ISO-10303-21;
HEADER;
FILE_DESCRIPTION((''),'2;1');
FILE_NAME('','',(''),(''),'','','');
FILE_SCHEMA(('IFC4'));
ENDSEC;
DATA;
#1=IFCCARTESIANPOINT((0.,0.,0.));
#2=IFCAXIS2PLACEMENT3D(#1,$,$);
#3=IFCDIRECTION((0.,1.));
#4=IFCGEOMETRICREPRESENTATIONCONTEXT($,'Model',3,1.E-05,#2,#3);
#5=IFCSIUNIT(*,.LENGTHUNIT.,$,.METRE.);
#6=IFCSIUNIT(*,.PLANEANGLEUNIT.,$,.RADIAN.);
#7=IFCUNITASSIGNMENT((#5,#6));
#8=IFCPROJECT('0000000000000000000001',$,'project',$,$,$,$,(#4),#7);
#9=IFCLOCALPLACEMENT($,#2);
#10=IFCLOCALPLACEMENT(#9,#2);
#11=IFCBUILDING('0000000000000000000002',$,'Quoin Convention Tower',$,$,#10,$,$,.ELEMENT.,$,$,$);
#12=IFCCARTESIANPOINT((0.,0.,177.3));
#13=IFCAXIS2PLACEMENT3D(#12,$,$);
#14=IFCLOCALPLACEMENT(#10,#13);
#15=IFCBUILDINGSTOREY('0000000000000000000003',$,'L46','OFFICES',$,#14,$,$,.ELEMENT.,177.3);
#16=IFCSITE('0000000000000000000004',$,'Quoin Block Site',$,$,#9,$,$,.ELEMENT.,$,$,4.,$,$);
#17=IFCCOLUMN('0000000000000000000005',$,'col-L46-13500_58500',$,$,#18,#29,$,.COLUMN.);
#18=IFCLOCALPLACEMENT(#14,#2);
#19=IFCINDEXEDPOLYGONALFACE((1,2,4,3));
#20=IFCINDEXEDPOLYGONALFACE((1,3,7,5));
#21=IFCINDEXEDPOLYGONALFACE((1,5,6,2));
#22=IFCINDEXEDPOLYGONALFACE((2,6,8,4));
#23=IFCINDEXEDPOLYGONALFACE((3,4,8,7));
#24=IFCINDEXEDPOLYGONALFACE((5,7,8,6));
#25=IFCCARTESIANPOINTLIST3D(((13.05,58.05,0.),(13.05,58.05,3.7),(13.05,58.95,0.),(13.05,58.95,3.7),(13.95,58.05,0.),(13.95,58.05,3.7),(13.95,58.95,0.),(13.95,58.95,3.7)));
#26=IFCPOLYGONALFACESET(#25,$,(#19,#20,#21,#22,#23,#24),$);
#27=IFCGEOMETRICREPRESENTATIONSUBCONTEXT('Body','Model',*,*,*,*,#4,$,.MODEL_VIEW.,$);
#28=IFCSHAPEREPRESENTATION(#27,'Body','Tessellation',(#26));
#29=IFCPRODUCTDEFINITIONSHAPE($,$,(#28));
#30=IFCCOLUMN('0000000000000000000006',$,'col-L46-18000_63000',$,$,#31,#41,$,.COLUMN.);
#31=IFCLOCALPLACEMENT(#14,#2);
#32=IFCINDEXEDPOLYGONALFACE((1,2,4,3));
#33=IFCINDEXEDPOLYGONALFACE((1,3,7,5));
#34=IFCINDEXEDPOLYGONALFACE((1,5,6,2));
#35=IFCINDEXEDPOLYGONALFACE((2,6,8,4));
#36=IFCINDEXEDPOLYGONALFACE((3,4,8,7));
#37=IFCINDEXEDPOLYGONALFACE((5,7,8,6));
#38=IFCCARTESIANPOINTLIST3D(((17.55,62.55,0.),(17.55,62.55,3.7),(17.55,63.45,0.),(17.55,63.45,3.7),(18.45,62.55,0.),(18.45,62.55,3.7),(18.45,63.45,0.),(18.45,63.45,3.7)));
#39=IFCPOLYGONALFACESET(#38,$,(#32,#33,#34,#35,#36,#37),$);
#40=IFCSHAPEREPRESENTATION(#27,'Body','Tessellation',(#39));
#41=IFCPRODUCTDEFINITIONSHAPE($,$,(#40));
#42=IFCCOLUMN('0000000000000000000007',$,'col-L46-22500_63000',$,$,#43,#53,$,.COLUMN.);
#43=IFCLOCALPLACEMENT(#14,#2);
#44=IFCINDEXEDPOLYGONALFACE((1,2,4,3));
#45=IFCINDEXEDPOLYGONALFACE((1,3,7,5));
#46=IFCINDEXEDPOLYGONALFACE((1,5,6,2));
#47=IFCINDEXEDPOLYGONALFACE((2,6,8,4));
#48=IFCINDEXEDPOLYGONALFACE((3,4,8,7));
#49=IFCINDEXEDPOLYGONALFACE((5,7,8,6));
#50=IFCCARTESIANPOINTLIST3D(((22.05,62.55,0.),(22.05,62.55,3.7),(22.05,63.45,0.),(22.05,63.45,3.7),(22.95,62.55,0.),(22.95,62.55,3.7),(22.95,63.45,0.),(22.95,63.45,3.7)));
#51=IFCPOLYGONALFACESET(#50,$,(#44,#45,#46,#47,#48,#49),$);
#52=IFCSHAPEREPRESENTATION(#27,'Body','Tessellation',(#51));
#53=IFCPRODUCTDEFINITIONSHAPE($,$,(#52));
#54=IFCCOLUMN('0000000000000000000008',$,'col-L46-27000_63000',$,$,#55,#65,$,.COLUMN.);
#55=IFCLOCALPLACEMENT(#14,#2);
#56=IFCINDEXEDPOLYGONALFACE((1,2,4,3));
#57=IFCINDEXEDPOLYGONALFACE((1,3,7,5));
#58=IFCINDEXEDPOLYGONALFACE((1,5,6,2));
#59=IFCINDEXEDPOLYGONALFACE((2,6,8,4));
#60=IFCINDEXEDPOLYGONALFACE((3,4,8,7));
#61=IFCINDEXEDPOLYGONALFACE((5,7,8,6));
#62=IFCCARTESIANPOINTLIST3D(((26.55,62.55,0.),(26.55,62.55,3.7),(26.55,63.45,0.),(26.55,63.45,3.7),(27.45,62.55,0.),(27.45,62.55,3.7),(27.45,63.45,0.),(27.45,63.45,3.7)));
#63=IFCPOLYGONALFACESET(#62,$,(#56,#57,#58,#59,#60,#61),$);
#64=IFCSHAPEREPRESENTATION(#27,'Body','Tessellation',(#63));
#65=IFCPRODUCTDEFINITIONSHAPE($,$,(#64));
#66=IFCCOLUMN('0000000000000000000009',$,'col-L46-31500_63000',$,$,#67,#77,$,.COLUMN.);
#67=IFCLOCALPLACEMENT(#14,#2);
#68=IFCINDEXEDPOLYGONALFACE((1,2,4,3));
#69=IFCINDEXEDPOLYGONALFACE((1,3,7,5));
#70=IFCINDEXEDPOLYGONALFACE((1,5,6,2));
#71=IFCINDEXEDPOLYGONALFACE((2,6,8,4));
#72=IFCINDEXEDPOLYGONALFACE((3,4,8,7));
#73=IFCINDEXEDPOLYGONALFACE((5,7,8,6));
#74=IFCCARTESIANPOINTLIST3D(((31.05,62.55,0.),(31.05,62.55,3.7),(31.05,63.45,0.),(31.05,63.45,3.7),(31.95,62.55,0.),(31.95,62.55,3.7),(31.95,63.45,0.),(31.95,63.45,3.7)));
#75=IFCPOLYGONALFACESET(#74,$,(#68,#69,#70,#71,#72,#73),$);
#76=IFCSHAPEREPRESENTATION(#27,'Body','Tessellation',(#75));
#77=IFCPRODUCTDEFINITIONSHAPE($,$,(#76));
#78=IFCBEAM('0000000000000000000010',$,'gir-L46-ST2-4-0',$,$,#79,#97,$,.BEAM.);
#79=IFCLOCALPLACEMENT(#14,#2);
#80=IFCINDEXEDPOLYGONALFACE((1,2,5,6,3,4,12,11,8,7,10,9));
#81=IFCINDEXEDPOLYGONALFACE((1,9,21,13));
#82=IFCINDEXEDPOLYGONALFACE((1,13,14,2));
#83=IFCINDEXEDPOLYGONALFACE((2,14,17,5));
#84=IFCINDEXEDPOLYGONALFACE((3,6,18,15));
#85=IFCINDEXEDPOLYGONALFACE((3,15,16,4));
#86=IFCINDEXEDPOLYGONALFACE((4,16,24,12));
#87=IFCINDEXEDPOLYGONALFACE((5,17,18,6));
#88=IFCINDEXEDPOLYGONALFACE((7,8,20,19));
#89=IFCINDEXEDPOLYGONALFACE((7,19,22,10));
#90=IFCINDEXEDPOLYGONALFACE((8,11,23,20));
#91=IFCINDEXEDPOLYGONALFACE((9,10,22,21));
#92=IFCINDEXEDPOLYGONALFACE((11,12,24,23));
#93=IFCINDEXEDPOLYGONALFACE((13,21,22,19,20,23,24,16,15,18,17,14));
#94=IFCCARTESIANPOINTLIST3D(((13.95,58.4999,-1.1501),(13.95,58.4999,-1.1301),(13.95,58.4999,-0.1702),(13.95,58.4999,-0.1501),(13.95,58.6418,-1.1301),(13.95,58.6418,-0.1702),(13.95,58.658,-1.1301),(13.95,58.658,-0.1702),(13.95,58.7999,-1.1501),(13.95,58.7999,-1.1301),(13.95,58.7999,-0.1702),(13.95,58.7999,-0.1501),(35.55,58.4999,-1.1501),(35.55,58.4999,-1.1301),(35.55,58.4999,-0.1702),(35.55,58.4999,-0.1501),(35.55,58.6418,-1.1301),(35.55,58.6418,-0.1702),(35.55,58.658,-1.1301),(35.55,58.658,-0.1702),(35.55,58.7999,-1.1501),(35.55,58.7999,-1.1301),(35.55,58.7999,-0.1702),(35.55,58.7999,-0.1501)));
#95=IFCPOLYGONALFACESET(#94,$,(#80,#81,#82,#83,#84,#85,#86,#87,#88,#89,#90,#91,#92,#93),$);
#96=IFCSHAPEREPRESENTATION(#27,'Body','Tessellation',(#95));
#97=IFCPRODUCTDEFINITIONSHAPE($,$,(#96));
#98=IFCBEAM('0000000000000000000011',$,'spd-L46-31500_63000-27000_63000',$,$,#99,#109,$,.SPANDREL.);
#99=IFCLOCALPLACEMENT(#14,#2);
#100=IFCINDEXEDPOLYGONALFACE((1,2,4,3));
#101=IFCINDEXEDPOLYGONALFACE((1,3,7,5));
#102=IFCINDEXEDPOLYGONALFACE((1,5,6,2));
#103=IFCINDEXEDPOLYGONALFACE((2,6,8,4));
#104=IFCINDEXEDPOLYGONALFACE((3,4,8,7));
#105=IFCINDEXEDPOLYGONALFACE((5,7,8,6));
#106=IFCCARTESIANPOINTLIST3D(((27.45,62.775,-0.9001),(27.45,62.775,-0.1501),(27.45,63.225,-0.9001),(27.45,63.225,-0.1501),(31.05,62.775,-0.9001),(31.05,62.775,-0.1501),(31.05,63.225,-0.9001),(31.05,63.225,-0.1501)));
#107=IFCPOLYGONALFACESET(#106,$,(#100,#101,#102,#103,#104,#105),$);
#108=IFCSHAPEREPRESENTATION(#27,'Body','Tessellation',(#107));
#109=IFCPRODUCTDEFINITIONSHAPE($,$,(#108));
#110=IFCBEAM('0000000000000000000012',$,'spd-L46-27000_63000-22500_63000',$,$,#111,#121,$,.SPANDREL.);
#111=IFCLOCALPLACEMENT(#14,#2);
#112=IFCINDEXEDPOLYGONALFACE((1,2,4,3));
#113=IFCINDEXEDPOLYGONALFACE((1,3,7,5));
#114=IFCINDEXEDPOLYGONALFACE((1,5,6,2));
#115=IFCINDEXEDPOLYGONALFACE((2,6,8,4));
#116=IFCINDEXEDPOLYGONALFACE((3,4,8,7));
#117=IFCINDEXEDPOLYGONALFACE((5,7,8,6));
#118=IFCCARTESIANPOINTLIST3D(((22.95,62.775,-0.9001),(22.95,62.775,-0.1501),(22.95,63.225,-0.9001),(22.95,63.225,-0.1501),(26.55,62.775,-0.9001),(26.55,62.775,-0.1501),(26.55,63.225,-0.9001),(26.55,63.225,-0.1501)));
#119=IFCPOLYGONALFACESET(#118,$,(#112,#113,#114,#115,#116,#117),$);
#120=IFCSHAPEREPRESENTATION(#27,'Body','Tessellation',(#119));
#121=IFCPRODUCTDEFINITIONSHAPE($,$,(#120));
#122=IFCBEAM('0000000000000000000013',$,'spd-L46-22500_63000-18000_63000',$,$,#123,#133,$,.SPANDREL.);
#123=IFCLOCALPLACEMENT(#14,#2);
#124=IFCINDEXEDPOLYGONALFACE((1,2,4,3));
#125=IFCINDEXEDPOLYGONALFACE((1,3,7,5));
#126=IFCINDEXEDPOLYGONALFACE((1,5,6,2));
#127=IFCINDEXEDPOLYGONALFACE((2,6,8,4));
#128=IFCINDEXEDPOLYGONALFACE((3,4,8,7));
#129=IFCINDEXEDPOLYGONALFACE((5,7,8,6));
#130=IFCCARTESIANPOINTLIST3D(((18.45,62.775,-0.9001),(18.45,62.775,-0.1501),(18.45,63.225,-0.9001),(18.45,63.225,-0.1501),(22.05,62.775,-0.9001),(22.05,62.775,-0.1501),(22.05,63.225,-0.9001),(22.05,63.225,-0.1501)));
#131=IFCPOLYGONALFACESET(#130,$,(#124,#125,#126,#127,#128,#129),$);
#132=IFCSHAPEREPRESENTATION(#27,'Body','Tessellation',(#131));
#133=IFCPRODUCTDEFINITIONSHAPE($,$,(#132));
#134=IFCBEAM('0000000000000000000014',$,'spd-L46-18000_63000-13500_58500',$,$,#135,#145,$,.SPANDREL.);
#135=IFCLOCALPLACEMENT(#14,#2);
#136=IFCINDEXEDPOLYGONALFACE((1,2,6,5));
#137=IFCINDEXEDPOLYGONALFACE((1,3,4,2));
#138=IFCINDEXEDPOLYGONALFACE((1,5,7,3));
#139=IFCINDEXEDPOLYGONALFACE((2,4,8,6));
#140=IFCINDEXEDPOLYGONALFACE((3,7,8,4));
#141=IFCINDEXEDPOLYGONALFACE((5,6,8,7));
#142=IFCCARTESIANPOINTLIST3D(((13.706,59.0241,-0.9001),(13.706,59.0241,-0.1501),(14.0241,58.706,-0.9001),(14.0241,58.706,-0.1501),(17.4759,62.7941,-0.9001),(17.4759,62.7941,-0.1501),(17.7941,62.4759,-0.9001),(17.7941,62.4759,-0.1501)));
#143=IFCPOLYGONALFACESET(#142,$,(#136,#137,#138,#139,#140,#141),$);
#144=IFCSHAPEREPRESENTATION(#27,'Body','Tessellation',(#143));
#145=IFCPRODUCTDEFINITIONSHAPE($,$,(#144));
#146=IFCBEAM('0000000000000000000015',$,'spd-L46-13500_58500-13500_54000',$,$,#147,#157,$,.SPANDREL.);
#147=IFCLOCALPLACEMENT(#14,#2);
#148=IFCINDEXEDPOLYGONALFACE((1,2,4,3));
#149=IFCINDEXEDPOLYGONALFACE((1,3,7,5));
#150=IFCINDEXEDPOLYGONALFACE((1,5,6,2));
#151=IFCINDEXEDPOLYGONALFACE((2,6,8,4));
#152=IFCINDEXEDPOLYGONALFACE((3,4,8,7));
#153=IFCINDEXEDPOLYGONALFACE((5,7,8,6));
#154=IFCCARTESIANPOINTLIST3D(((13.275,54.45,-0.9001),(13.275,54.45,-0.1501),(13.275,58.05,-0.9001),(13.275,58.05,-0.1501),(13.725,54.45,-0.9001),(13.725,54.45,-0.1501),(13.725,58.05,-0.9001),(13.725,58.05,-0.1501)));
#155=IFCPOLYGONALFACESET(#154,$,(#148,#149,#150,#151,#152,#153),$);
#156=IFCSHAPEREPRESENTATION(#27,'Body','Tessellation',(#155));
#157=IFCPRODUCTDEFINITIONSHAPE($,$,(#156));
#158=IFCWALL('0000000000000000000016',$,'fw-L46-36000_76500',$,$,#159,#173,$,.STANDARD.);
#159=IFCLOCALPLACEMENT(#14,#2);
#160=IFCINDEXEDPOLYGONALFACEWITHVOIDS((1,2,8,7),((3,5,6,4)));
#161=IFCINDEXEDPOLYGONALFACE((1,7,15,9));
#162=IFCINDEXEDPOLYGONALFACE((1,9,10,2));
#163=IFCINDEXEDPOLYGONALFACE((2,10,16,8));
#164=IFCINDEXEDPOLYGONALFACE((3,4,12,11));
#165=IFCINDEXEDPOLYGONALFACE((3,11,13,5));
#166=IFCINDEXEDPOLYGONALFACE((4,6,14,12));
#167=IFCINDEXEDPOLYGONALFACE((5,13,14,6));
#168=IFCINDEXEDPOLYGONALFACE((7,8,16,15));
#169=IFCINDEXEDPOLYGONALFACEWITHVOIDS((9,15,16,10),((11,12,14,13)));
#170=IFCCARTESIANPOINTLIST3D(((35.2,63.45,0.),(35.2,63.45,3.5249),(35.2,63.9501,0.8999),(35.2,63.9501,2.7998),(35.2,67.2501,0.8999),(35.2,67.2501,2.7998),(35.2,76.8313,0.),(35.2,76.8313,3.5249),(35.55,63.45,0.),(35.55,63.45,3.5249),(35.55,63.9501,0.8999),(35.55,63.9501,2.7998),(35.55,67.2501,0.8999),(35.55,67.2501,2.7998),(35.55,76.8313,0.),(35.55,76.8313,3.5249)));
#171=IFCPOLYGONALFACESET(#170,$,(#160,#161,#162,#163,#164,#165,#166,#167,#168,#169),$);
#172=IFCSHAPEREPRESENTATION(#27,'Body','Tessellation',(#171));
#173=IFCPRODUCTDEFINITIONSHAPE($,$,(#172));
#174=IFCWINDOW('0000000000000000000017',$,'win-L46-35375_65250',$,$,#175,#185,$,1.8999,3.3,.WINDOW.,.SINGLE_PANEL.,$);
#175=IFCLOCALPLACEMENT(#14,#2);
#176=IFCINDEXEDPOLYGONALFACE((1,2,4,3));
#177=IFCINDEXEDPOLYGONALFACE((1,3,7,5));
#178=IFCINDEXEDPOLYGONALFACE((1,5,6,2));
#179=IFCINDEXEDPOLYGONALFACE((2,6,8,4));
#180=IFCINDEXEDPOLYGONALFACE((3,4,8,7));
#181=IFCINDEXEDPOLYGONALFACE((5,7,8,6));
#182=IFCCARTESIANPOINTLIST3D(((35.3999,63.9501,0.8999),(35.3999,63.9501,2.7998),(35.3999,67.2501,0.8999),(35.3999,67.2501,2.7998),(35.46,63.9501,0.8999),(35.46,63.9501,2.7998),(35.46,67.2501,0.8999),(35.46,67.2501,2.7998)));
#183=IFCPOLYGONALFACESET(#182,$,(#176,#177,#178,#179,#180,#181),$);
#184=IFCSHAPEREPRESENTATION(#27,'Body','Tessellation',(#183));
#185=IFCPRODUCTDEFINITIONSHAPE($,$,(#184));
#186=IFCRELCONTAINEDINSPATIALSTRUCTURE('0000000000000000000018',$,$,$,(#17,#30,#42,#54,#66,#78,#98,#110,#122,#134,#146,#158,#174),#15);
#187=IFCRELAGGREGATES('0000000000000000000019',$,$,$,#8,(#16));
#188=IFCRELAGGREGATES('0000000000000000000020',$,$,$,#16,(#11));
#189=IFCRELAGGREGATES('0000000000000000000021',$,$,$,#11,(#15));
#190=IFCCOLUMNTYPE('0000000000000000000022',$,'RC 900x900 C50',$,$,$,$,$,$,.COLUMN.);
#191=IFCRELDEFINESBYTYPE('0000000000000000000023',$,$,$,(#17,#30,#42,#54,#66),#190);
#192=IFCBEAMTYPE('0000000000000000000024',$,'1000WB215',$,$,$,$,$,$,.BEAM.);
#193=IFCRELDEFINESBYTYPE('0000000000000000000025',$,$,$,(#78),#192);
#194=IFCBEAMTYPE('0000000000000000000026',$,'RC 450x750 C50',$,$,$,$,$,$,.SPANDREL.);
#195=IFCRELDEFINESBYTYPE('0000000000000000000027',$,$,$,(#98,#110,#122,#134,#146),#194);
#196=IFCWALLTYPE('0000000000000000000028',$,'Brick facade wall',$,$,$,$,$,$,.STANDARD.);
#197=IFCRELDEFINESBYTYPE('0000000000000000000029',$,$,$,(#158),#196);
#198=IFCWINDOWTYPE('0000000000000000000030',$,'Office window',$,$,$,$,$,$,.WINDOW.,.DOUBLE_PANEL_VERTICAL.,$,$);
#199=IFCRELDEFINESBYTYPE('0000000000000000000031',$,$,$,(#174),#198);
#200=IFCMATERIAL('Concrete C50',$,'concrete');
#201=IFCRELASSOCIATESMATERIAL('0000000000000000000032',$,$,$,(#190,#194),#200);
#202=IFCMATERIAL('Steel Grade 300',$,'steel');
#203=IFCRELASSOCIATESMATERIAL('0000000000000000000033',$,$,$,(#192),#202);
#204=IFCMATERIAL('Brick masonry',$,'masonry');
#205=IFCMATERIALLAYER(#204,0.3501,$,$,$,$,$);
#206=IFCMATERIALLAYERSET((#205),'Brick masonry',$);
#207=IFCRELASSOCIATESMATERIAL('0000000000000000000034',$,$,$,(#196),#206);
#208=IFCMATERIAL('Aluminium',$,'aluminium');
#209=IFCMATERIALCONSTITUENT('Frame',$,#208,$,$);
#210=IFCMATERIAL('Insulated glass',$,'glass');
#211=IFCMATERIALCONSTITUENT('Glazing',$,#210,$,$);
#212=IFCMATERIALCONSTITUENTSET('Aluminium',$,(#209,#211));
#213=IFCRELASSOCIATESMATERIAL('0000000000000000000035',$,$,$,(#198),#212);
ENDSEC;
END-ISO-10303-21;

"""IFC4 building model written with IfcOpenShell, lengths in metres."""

from ifc_helpers import new_model, si_unit, direction, frame, frame_2d, origin, origin_2d, place, context, subcontext, project, spatial, rectangle, i_section, extrude, material, layer, layer_set, constituent, constituent_set, material_profile, profile_set, type_object, element, fill, save


model = new_model("IFC4")

# Units and contexts
model_context = context("Model", 3, precision=1e-05, world=origin(), true_north=direction((0.0, 1.0)))
body_context = subcontext(model_context, "Body", "Model", "MODEL_VIEW")
ifc_project = project(units=[si_unit("LENGTHUNIT", "METRE"), si_unit("PLANEANGLEUNIT", "RADIAN")], contexts=[model_context])

# Site, building, storey
site_placement = place(None, origin())
site = spatial("IfcSite", under=ifc_project, at=site_placement, Name="Quoin Block Site", CompositionType="ELEMENT", RefElevation=4.0)
building_placement = place(site_placement, origin())
building = spatial("IfcBuilding", under=site, at=building_placement, Name="Quoin Convention Tower", CompositionType="ELEMENT")
storey_placement = place(building_placement, frame((0.0, 0.0, 177.3)))
storey = spatial("IfcBuildingStorey", under=building, at=storey_placement, Name="L46", Description="OFFICES", CompositionType="ELEMENT", Elevation=177.3)

# Columns
ifc_material_1 = material(Name="Concrete C50", Category="concrete")
ifc_material_profile_1 = material_profile(ifc_material_1, rectangle(XDim=0.8999, YDim=0.8999, at=origin_2d()), Name="RC 900x900")
ifc_profile_set_1 = profile_set([ifc_material_profile_1], Name="Concrete C50")
column_type = type_object("IfcColumnType", Name="RC 900x900 C50", PredefinedType="COLUMN", material=ifc_profile_set_1)
for number, where, z_axis, x_axis, name in (
    (1, (13.5, 58.5, 0.0), (0.0, 0.0, 1.0), (1.0, 0.0, 0.0), "col-L46-13500_58500"),
    (2, (18.0, 63.0, 0.0), (0.0, 0.0, 1.0), (1.0, 0.0, 0.0), "col-L46-18000_63000"),
    (3, (22.5, 63.0, 0.0), (0.0, 0.0, 1.0), (1.0, 0.0, 0.0), "col-L46-22500_63000"),
    (4, (27.0, 63.0, 0.0), (0.0, 0.0, 1.0), (1.0, 0.0, 0.0), "col-L46-27000_63000"),
    (5, (31.5, 63.0, 0.0), (0.0, 0.0, 1.0), (1.0, 0.0, 0.0), "col-L46-31500_63000"),
):
    element("IfcColumn", number, at=place(storey_placement, frame(where, z_axis=z_axis, x_axis=x_axis)), inside=storey, type_object=column_type, Name=name, PredefinedType="COLUMN", context=body_context, shape_type="SweptSolid", body=[
        extrude(rectangle(XDim=0.8999, YDim=0.8999, at=origin_2d()), origin(), (0.0, 0.0, 1.0), 3.7),
    ])

# Beams
ifc_material_2 = material(Name="Steel Grade 300", Category="steel")
ifc_material_profile_2 = material_profile(ifc_material_2, i_section(OverallWidth=0.3, OverallDepth=1.0, WebThickness=0.0161, FlangeThickness=0.02, at=origin_2d()), Name="1000WB215")
ifc_profile_set_2 = profile_set([ifc_material_profile_2], Name="Steel Grade 300")
beam_type_1 = type_object("IfcBeamType", Name="1000WB215", PredefinedType="BEAM", material=ifc_profile_set_2)
beam_1_placement = place(storey_placement, frame((13.95, 58.6499, -0.6501), z_axis=(1.0, 0.0, 0.0), x_axis=(0.0, 1.0, 0.0)))
element("IfcBeam", 6, at=beam_1_placement, inside=storey, type_object=beam_type_1, Name="gir-L46-ST2-4-0", PredefinedType="BEAM", context=body_context, shape_type="SweptSolid", body=[
    extrude(i_section(OverallWidth=0.3, OverallDepth=1.0, WebThickness=0.0161, FlangeThickness=0.02, at=origin_2d()), origin(), (0.0, 0.0, 1.0), 21.6001),
])
ifc_material_profile_3 = material_profile(ifc_material_1, rectangle(XDim=0.45, YDim=0.75, at=origin_2d()), Name="RC 450x750")
ifc_profile_set_3 = profile_set([ifc_material_profile_3], Name="Concrete C50")
beam_type_2 = type_object("IfcBeamType", Name="RC 450x750 C50", PredefinedType="SPANDREL", material=ifc_profile_set_3)
for number, where, z_axis, x_axis, name in (
    (7, (31.05, 63.0, -0.5251), (-1.0, 0.0, 0.0), (0.0, -1.0, 0.0), "spd-L46-31500_63000-27000_63000"),
    (8, (26.55, 63.0, -0.5251), (-1.0, 0.0, 0.0), (0.0, -1.0, 0.0), "spd-L46-27000_63000-22500_63000"),
    (9, (22.05, 63.0, -0.5251), (-1.0, 0.0, 0.0), (0.0, -1.0, 0.0), "spd-L46-22500_63000-18000_63000"),
):
    element("IfcBeam", number, at=place(storey_placement, frame(where, z_axis=z_axis, x_axis=x_axis)), inside=storey, type_object=beam_type_2, Name=name, PredefinedType="SPANDREL", context=body_context, shape_type="SweptSolid", body=[
        extrude(rectangle(XDim=0.45, YDim=0.75, at=origin_2d()), origin(), (0.0, 0.0, 1.0), 3.6001),
    ])
beam_2_placement = place(storey_placement, frame((17.635, 62.635, -0.5251), z_axis=(-0.707107, -0.707107, 0.0), x_axis=(0.707107, -0.707107, 0.0)))
element("IfcBeam", 10, at=beam_2_placement, inside=storey, type_object=beam_type_2, Name="spd-L46-18000_63000-13500_58500", PredefinedType="SPANDREL", context=body_context, shape_type="SweptSolid", body=[
    extrude(rectangle(XDim=0.45, YDim=0.75, at=origin_2d()), origin(), (0.0, 0.0, 1.0), 5.3315),
])
beam_3_placement = place(storey_placement, frame((13.5, 58.05, -0.5251), z_axis=(0.0, -1.0, 0.0), x_axis=(1.0, 0.0, 0.0)))
element("IfcBeam", 11, at=beam_3_placement, inside=storey, type_object=beam_type_2, Name="spd-L46-13500_58500-13500_54000", PredefinedType="SPANDREL", context=body_context, shape_type="SweptSolid", body=[
    extrude(rectangle(XDim=0.45, YDim=0.75, at=origin_2d()), origin(), (0.0, 0.0, 1.0), 3.6001),
])

# Wall, opening, window
ifc_material_3 = material(Name="Brick masonry", Category="masonry")
ifc_layer_1 = layer(ifc_material_3, 0.3501)
ifc_layer_set_1 = layer_set([ifc_layer_1], Name="Brick masonry")
wall_type_1 = type_object("IfcWallType", Name="Brick facade wall", PredefinedType="STANDARD", material=ifc_layer_set_1)
wall_1_placement = place(storey_placement, frame((35.375, 76.8313, 0.0), z_axis=(0.0, 0.0, 1.0), x_axis=(0.0, -1.0, 0.0)))
wall_1 = element("IfcWall", 12, at=wall_1_placement, inside=storey, type_object=wall_type_1, Name="fw-L46-36000_76500", PredefinedType="STANDARD", context=body_context, shape_type="SweptSolid", body=[
    extrude(rectangle(XDim=13.3813, YDim=0.3501, at=frame_2d((6.6907, 0.0))), origin(), (0.0, 0.0, 1.0), 3.5249),
])
opening_1_placement = place(wall_1_placement, frame((9.5813, 0.0, 0.8999)))
opening_1 = element("IfcOpeningElement", 13, at=opening_1_placement, cuts=wall_1, PredefinedType="OPENING", context=body_context, shape_type="SweptSolid", body=[
    extrude(rectangle(XDim=3.3, YDim=1.8999, at=frame_2d((1.6499, 0.95))), frame((0.0, 0.1851, 0.0), z_axis=(0.0, -1.0, 0.0), x_axis=(1.0, 0.0, 0.0)), (0.0, 0.0, 1.0), 0.3701),
])
ifc_material_4 = material(Name="Aluminium", Category="aluminium")
ifc_constituent_1 = constituent(ifc_material_4, Name="Frame")
ifc_material_5 = material(Name="Insulated glass", Category="glass")
ifc_constituent_2 = constituent(ifc_material_5, Name="Glazing")
ifc_constituent_set = constituent_set(constituents=[ifc_constituent_1, ifc_constituent_2], Name="Aluminium")
window_type = type_object("IfcWindowType", Name="Office window", PartitioningType="DOUBLE_PANEL_VERTICAL", PredefinedType="WINDOW", material=ifc_constituent_set)
window_1_placement = place(opening_1_placement, origin())
window_1 = element("IfcWindow", 14, at=window_1_placement, inside=storey, type_object=window_type, Name="win-L46-35375_65250", OverallHeight=1.8999, OverallWidth=3.3, PartitioningType="SINGLE_PANEL", PredefinedType="WINDOW", context=body_context, shape_type="SweptSolid", body=[
    extrude(rectangle(XDim=3.3, YDim=1.8999, at=frame_2d((1.6499, 0.95))), frame((0.0, 0.085, 0.0), z_axis=(0.0, -1.0, 0.0), x_axis=(1.0, 0.0, 0.0)), (0.0, 0.0, 1.0), 0.0601),
])
fill(opening_1, window_1)

save(model, "model.ifc")
